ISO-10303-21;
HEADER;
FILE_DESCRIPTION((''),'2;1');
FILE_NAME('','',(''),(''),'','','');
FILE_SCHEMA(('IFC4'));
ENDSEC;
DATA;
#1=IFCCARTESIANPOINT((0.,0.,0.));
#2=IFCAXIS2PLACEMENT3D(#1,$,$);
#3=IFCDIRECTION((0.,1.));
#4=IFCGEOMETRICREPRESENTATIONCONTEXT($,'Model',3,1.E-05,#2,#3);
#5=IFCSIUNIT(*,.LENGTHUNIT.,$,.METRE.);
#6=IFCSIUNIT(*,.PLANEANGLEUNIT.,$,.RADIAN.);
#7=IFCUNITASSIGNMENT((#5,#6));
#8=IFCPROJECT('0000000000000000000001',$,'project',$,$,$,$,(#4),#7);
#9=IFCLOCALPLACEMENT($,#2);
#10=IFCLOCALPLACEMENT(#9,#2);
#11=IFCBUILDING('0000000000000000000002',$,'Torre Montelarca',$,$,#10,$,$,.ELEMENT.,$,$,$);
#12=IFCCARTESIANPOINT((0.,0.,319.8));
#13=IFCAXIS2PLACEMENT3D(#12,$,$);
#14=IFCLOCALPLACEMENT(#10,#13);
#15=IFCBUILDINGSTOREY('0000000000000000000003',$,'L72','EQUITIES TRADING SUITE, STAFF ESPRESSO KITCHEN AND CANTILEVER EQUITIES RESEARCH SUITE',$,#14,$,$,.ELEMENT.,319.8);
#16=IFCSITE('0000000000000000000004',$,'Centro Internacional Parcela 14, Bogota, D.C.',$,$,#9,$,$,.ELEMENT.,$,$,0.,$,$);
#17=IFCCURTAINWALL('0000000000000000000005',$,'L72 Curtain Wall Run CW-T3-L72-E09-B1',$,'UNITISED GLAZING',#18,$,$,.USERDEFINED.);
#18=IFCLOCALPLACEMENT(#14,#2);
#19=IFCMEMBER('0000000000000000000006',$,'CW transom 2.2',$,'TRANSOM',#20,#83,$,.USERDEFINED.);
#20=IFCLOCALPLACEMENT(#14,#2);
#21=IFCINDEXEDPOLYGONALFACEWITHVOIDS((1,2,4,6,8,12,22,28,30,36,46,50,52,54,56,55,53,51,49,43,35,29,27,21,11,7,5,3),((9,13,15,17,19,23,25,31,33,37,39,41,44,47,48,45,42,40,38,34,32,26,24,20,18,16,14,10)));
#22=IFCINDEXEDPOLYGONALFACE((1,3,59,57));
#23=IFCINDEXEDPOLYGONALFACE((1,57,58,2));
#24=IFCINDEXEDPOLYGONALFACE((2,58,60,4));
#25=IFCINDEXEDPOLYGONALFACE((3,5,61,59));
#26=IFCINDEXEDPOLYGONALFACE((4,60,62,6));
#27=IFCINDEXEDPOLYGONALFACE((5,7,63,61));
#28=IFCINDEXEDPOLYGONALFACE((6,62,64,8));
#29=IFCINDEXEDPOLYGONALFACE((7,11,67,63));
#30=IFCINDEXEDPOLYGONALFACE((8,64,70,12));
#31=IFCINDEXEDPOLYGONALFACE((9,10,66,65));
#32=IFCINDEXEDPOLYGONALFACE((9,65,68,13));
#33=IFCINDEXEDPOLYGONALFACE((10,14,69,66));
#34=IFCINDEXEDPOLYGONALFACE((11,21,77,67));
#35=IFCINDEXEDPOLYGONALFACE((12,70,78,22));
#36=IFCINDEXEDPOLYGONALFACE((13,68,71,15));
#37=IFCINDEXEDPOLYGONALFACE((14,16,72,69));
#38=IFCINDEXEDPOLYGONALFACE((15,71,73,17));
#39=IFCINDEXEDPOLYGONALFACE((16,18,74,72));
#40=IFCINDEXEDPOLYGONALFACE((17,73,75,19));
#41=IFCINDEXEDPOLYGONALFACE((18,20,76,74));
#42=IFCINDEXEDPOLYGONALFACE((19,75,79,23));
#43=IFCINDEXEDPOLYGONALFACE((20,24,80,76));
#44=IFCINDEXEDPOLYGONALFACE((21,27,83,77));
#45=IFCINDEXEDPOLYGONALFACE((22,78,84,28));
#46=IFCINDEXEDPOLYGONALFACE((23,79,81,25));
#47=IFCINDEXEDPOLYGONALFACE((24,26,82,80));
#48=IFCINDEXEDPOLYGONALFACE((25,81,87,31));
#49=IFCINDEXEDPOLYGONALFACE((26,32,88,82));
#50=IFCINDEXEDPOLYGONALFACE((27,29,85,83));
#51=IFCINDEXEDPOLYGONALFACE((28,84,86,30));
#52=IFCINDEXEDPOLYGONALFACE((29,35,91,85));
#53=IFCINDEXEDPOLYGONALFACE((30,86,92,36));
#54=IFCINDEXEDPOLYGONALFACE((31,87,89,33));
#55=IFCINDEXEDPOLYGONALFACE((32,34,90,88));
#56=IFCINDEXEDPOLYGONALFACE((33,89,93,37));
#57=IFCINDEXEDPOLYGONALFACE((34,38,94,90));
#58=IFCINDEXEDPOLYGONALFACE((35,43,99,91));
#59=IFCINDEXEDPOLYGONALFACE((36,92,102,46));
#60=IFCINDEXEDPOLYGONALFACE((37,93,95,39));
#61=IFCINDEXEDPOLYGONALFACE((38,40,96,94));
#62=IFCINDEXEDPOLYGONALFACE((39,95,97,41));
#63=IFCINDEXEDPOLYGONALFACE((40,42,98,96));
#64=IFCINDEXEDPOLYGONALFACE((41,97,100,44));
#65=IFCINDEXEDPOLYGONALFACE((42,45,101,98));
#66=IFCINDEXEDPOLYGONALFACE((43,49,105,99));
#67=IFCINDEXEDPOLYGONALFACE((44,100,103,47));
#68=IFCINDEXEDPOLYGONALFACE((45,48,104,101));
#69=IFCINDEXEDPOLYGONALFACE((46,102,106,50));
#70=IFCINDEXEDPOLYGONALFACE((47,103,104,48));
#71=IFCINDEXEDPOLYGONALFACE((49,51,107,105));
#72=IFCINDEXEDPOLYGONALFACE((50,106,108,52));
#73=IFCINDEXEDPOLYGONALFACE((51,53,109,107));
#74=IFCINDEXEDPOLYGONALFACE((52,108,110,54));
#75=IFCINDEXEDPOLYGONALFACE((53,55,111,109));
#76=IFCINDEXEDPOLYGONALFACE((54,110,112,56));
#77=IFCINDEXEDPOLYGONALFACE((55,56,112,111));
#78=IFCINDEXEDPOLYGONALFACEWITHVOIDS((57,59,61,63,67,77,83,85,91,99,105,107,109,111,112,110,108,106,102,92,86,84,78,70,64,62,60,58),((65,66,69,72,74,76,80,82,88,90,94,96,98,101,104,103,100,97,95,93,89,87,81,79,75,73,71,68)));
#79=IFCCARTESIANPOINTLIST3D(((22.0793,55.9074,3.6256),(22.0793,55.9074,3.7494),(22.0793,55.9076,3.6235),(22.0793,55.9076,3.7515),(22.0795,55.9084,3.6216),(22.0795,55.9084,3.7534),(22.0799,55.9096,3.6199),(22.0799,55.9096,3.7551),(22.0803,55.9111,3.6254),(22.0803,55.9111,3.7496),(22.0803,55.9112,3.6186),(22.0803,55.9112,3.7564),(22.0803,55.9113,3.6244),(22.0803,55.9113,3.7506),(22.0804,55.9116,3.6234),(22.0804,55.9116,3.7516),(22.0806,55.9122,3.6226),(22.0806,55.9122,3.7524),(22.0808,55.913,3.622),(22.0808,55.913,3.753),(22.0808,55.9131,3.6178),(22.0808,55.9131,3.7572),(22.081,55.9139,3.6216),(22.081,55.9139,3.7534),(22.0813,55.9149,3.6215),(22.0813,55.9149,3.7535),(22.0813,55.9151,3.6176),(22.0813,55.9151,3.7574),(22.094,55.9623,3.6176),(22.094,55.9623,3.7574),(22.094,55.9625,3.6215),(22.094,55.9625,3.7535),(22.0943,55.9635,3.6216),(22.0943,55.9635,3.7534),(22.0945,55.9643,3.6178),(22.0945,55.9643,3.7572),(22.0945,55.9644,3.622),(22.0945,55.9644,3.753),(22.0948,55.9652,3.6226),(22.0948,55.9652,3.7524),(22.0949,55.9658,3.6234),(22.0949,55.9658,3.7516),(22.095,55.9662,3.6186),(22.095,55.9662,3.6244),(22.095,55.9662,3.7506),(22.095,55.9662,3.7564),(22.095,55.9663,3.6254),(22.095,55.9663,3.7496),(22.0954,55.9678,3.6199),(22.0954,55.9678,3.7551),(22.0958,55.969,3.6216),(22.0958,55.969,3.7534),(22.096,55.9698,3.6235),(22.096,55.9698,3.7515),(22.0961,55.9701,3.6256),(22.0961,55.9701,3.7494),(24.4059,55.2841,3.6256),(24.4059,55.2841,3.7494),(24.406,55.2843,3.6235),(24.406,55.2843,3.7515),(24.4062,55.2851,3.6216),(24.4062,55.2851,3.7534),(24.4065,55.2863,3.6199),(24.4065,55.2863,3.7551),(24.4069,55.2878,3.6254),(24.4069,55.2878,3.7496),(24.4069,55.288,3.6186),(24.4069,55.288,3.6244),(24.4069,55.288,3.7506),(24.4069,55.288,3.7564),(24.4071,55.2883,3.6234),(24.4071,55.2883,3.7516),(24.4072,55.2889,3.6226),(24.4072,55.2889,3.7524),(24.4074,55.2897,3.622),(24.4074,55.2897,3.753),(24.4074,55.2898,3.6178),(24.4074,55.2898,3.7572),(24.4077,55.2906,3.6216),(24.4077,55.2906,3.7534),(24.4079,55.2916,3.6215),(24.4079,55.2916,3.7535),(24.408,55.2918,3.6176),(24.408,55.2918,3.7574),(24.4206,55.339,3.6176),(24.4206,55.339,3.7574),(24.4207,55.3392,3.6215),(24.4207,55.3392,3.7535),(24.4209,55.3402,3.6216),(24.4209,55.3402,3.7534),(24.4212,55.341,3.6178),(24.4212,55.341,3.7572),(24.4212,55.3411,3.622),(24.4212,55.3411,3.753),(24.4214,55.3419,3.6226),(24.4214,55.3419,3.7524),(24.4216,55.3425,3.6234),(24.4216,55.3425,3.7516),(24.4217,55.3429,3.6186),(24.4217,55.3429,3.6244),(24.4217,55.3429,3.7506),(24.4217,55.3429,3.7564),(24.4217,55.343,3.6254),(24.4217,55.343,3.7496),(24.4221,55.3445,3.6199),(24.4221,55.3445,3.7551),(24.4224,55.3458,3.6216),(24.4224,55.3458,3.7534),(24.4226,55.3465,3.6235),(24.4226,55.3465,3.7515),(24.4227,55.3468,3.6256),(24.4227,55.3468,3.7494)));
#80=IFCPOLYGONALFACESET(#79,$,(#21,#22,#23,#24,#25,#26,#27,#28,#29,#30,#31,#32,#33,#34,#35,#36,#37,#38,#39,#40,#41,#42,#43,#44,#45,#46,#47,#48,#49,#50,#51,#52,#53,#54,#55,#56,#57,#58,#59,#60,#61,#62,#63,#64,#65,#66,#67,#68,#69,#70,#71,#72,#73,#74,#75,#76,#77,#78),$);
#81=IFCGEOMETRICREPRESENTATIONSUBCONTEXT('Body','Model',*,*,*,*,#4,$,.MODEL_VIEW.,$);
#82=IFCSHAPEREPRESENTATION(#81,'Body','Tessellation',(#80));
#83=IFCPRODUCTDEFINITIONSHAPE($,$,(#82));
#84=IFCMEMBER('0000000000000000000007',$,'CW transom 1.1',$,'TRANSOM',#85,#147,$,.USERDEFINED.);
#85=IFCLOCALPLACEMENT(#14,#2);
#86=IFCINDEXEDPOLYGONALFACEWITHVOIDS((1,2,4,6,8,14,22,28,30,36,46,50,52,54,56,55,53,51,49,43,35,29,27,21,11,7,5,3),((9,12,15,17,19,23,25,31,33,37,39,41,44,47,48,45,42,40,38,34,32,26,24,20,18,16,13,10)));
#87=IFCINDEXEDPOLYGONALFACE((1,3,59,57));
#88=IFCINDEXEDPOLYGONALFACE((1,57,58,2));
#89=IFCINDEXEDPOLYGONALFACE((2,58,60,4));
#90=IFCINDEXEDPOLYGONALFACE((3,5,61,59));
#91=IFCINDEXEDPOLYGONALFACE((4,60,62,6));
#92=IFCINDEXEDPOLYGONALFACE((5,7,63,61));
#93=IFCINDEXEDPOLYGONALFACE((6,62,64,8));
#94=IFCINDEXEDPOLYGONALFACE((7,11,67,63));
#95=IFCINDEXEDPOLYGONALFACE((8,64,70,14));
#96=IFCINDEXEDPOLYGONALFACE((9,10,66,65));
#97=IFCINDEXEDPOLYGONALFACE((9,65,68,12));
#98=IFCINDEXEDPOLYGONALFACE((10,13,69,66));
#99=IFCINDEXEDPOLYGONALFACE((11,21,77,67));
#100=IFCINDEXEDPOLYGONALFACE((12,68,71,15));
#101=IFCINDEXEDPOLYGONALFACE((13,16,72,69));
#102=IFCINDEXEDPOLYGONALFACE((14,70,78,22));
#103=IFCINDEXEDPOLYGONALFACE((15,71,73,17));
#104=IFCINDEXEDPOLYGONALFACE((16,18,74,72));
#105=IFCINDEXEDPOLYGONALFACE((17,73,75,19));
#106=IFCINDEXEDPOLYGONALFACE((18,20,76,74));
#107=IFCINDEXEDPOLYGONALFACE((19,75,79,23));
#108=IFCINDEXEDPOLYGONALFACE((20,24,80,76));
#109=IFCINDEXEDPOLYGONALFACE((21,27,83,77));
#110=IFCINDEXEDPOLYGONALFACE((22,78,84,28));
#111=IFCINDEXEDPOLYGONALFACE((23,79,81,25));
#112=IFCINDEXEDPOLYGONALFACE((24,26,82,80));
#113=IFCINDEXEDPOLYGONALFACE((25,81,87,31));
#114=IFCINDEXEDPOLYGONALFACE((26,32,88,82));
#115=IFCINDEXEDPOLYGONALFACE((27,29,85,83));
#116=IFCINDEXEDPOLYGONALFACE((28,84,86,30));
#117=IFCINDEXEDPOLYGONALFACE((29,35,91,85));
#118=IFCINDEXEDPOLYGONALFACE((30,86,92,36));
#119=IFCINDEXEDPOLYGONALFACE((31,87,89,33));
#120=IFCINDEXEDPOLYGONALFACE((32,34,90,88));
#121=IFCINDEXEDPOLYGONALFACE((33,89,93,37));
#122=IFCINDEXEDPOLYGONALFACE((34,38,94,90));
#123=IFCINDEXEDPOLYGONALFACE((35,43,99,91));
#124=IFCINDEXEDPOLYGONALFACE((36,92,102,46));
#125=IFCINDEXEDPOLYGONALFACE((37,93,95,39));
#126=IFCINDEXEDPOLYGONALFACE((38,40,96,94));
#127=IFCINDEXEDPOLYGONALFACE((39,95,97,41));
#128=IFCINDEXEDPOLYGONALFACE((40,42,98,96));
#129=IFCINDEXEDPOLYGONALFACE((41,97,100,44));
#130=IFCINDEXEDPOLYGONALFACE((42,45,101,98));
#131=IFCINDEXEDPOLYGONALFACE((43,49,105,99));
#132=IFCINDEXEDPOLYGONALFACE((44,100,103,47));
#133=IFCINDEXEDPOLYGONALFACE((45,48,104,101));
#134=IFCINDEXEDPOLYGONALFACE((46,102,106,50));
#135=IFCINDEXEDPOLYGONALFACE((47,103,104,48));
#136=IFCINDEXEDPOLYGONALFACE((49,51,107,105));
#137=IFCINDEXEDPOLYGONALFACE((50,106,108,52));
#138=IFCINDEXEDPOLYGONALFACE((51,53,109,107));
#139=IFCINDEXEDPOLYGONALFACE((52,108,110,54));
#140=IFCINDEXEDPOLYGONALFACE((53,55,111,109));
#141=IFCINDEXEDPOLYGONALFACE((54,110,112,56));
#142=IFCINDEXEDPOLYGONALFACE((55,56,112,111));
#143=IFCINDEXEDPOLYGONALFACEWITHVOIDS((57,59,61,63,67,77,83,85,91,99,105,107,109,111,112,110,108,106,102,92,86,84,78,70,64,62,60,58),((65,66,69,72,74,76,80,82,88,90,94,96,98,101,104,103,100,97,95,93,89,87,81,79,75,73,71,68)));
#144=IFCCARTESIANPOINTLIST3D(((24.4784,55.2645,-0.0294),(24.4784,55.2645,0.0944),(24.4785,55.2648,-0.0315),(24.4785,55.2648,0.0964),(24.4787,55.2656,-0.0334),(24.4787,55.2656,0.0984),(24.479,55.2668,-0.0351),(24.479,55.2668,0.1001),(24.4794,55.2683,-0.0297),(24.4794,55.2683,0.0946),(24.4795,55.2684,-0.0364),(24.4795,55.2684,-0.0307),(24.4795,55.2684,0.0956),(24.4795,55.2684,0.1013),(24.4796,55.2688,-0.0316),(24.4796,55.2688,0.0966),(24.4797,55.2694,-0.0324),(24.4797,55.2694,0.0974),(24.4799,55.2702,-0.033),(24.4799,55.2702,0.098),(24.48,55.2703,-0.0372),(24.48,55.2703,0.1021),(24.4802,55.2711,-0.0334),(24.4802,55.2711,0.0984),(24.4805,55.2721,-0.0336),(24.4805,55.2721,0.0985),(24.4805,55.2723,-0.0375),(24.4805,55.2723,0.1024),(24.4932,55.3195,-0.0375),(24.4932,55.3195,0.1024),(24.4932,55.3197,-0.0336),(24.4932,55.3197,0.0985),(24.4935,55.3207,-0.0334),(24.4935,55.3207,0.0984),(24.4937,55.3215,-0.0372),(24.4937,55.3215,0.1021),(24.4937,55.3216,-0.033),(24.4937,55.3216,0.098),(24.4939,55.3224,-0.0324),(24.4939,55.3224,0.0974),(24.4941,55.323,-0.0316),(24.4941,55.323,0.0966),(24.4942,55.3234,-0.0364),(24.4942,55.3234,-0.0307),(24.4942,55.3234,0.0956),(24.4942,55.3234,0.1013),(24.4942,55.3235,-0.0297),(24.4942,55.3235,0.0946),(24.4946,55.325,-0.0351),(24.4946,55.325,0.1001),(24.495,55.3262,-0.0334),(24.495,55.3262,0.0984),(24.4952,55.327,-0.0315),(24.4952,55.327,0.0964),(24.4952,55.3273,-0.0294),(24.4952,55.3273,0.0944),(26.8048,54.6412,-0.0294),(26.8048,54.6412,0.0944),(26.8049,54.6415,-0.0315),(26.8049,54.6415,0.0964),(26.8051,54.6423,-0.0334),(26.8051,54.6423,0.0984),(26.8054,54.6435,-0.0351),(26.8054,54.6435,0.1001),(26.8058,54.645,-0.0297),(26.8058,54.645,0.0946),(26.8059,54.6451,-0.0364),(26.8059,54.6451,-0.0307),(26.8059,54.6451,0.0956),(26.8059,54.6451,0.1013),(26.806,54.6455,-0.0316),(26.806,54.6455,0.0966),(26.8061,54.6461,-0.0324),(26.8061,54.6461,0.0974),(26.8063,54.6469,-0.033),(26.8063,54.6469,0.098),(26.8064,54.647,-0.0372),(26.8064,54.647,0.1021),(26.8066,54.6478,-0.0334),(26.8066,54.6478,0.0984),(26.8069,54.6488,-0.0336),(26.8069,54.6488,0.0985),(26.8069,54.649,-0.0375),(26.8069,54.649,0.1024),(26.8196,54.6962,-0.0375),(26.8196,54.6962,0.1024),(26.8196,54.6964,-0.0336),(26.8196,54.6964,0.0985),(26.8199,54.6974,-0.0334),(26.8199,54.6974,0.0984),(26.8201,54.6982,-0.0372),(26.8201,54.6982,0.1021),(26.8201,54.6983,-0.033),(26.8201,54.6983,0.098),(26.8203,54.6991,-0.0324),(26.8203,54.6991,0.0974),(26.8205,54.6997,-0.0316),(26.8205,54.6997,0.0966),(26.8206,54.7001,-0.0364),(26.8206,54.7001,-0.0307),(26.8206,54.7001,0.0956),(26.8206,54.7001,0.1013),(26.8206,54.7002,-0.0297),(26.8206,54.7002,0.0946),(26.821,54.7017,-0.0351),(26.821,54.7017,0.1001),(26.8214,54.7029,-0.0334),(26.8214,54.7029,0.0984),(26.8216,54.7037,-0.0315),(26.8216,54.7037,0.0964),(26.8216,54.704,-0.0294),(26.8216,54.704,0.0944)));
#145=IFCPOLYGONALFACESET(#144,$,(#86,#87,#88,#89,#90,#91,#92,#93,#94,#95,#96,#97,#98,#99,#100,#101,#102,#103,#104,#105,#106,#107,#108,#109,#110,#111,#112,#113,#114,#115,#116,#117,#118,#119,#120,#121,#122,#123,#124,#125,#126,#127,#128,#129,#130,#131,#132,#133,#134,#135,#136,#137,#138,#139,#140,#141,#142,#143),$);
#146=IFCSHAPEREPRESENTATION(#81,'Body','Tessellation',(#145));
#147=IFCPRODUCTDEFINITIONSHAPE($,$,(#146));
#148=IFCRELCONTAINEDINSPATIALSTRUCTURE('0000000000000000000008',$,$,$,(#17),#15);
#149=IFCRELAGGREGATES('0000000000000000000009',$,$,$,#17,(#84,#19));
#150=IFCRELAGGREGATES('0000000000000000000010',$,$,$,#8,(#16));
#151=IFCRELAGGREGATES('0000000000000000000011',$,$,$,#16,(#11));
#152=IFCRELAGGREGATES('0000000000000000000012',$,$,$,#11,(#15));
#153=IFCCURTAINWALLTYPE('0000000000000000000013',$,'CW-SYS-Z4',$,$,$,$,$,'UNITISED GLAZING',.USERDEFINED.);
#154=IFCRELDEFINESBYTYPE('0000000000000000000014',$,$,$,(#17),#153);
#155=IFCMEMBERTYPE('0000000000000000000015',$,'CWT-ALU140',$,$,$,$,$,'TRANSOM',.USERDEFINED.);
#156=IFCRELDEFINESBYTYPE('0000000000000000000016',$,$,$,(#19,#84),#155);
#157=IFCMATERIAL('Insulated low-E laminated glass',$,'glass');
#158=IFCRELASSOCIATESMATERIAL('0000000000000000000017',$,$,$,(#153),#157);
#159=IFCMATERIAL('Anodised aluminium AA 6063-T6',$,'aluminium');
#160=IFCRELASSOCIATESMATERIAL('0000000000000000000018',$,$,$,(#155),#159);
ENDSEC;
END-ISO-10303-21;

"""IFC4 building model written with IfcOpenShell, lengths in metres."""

from ifc_helpers import new_model, si_unit, direction, frame, origin, origin_2d, place, context, subcontext, project, spatial, hollow_rectangle, extrude, source, transform, mapped, material, material_profile, profile_set, type_object, element, aggregate, save


model = new_model("IFC4")

# Units and contexts
model_context = context("Model", 3, precision=1e-05, world=origin(), true_north=direction((0.0, 1.0)))
body_context = subcontext(model_context, "Body", "Model", "MODEL_VIEW")
ifc_project = project(units=[si_unit("LENGTHUNIT", "METRE"), si_unit("PLANEANGLEUNIT", "RADIAN")], contexts=[model_context])

# Site, building, storey
site_placement = place(None, origin())
site = spatial("IfcSite", under=ifc_project, at=site_placement, Name="Centro Internacional Parcela 14, Bogota, D.C.", CompositionType="ELEMENT", RefElevation=0.0)
building_placement = place(site_placement, origin())
building = spatial("IfcBuilding", under=site, at=building_placement, Name="Torre Montelarca", CompositionType="ELEMENT")
storey_placement = place(building_placement, frame((0.0, 0.0, 319.8)))
storey = spatial("IfcBuildingStorey", under=building, at=storey_placement, Name="L72", Description="EQUITIES TRADING SUITE, STAFF ESPRESSO KITCHEN AND CANTILEVER EQUITIES RESEARCH SUITE", CompositionType="ELEMENT", Elevation=319.8)

# Curtain wall
ifc_material_1 = material(Name="Insulated low-E laminated glass", Category="glass")
curtain_wall_type = type_object("IfcCurtainWallType", Name="CW-SYS-Z4", ElementType="UNITISED GLAZING", PredefinedType="USERDEFINED", material=ifc_material_1)
ifc_material_2 = material(Name="Anodised aluminium AA 6063-T6", Category="aluminium")
curtain_wall_1_placement = place(storey_placement, origin())
curtain_wall_1 = element("IfcCurtainWall", 1, at=curtain_wall_1_placement, inside=storey, type_object=curtain_wall_type, Name="L72 Curtain Wall Run CW-T3-L72-E09-B1", ObjectType="UNITISED GLAZING", PredefinedType="USERDEFINED")

# Members
ifc_material_profile_1 = material_profile(ifc_material_2, hollow_rectangle(XDim=0.0649, YDim=0.1399, WallThickness=0.0039, InnerFilletRadius=0.0039, OuterFilletRadius=0.0081, at=origin_2d()), Name="ALU65X140X4", Category="aluminium")
ifc_profile_set_1 = profile_set([ifc_material_profile_1], Name="Anodised aluminium AA 6063-T6")
member_type_1 = type_object("IfcMemberType", Name="CWT-ALU140", ElementType="TRANSOM", PredefinedType="USERDEFINED", material=ifc_profile_set_1)
shared_shape_1 = source(origin(), body_context, "Body", "SweptSolid", [
    extrude(hollow_rectangle(XDim=0.0649, YDim=0.1399, WallThickness=0.0039, InnerFilletRadius=0.0039, OuterFilletRadius=0.0081, at=origin_2d()), origin(), (0.0, 0.0, 1.0), 2.4087),
])
member_1_placement = place(storey_placement, frame((24.4143, 55.3154, 3.6875), z_axis=(-0.96594, 0.258766, 0.0), x_axis=(-0.258766, -0.96594, 0.0)))
member_1 = element("IfcMember", 2, at=member_1_placement, type_object=member_type_1, Name="CW transom 2.2", ObjectType="TRANSOM", PredefinedType="USERDEFINED", context=body_context, shape_type="MappedRepresentation", body=[
    mapped(shared_shape_1, transform((0.0, 0.0, 0.0), scale=1.0)),
])
shared_shape_2 = source(origin(), body_context, "Body", "SweptSolid", [
    extrude(hollow_rectangle(XDim=0.0649, YDim=0.1399, WallThickness=0.0039, InnerFilletRadius=0.0039, OuterFilletRadius=0.0081, at=origin_2d()), origin(), (0.0, 0.0, 1.0), 2.4084),
])
member_2_placement = place(storey_placement, frame((26.8132, 54.6726, 0.0325), z_axis=(-0.965933, 0.258792, 0.0), x_axis=(-0.258792, -0.965933, 0.0)))
member_2 = element("IfcMember", 3, at=member_2_placement, type_object=member_type_1, Name="CW transom 1.1", ObjectType="TRANSOM", PredefinedType="USERDEFINED", context=body_context, shape_type="MappedRepresentation", body=[
    mapped(shared_shape_2, transform((0.0, 0.0, 0.0), scale=1.0)),
])

aggregate(curtain_wall_1, [member_2, member_1])

save(model, "model.ifc")
